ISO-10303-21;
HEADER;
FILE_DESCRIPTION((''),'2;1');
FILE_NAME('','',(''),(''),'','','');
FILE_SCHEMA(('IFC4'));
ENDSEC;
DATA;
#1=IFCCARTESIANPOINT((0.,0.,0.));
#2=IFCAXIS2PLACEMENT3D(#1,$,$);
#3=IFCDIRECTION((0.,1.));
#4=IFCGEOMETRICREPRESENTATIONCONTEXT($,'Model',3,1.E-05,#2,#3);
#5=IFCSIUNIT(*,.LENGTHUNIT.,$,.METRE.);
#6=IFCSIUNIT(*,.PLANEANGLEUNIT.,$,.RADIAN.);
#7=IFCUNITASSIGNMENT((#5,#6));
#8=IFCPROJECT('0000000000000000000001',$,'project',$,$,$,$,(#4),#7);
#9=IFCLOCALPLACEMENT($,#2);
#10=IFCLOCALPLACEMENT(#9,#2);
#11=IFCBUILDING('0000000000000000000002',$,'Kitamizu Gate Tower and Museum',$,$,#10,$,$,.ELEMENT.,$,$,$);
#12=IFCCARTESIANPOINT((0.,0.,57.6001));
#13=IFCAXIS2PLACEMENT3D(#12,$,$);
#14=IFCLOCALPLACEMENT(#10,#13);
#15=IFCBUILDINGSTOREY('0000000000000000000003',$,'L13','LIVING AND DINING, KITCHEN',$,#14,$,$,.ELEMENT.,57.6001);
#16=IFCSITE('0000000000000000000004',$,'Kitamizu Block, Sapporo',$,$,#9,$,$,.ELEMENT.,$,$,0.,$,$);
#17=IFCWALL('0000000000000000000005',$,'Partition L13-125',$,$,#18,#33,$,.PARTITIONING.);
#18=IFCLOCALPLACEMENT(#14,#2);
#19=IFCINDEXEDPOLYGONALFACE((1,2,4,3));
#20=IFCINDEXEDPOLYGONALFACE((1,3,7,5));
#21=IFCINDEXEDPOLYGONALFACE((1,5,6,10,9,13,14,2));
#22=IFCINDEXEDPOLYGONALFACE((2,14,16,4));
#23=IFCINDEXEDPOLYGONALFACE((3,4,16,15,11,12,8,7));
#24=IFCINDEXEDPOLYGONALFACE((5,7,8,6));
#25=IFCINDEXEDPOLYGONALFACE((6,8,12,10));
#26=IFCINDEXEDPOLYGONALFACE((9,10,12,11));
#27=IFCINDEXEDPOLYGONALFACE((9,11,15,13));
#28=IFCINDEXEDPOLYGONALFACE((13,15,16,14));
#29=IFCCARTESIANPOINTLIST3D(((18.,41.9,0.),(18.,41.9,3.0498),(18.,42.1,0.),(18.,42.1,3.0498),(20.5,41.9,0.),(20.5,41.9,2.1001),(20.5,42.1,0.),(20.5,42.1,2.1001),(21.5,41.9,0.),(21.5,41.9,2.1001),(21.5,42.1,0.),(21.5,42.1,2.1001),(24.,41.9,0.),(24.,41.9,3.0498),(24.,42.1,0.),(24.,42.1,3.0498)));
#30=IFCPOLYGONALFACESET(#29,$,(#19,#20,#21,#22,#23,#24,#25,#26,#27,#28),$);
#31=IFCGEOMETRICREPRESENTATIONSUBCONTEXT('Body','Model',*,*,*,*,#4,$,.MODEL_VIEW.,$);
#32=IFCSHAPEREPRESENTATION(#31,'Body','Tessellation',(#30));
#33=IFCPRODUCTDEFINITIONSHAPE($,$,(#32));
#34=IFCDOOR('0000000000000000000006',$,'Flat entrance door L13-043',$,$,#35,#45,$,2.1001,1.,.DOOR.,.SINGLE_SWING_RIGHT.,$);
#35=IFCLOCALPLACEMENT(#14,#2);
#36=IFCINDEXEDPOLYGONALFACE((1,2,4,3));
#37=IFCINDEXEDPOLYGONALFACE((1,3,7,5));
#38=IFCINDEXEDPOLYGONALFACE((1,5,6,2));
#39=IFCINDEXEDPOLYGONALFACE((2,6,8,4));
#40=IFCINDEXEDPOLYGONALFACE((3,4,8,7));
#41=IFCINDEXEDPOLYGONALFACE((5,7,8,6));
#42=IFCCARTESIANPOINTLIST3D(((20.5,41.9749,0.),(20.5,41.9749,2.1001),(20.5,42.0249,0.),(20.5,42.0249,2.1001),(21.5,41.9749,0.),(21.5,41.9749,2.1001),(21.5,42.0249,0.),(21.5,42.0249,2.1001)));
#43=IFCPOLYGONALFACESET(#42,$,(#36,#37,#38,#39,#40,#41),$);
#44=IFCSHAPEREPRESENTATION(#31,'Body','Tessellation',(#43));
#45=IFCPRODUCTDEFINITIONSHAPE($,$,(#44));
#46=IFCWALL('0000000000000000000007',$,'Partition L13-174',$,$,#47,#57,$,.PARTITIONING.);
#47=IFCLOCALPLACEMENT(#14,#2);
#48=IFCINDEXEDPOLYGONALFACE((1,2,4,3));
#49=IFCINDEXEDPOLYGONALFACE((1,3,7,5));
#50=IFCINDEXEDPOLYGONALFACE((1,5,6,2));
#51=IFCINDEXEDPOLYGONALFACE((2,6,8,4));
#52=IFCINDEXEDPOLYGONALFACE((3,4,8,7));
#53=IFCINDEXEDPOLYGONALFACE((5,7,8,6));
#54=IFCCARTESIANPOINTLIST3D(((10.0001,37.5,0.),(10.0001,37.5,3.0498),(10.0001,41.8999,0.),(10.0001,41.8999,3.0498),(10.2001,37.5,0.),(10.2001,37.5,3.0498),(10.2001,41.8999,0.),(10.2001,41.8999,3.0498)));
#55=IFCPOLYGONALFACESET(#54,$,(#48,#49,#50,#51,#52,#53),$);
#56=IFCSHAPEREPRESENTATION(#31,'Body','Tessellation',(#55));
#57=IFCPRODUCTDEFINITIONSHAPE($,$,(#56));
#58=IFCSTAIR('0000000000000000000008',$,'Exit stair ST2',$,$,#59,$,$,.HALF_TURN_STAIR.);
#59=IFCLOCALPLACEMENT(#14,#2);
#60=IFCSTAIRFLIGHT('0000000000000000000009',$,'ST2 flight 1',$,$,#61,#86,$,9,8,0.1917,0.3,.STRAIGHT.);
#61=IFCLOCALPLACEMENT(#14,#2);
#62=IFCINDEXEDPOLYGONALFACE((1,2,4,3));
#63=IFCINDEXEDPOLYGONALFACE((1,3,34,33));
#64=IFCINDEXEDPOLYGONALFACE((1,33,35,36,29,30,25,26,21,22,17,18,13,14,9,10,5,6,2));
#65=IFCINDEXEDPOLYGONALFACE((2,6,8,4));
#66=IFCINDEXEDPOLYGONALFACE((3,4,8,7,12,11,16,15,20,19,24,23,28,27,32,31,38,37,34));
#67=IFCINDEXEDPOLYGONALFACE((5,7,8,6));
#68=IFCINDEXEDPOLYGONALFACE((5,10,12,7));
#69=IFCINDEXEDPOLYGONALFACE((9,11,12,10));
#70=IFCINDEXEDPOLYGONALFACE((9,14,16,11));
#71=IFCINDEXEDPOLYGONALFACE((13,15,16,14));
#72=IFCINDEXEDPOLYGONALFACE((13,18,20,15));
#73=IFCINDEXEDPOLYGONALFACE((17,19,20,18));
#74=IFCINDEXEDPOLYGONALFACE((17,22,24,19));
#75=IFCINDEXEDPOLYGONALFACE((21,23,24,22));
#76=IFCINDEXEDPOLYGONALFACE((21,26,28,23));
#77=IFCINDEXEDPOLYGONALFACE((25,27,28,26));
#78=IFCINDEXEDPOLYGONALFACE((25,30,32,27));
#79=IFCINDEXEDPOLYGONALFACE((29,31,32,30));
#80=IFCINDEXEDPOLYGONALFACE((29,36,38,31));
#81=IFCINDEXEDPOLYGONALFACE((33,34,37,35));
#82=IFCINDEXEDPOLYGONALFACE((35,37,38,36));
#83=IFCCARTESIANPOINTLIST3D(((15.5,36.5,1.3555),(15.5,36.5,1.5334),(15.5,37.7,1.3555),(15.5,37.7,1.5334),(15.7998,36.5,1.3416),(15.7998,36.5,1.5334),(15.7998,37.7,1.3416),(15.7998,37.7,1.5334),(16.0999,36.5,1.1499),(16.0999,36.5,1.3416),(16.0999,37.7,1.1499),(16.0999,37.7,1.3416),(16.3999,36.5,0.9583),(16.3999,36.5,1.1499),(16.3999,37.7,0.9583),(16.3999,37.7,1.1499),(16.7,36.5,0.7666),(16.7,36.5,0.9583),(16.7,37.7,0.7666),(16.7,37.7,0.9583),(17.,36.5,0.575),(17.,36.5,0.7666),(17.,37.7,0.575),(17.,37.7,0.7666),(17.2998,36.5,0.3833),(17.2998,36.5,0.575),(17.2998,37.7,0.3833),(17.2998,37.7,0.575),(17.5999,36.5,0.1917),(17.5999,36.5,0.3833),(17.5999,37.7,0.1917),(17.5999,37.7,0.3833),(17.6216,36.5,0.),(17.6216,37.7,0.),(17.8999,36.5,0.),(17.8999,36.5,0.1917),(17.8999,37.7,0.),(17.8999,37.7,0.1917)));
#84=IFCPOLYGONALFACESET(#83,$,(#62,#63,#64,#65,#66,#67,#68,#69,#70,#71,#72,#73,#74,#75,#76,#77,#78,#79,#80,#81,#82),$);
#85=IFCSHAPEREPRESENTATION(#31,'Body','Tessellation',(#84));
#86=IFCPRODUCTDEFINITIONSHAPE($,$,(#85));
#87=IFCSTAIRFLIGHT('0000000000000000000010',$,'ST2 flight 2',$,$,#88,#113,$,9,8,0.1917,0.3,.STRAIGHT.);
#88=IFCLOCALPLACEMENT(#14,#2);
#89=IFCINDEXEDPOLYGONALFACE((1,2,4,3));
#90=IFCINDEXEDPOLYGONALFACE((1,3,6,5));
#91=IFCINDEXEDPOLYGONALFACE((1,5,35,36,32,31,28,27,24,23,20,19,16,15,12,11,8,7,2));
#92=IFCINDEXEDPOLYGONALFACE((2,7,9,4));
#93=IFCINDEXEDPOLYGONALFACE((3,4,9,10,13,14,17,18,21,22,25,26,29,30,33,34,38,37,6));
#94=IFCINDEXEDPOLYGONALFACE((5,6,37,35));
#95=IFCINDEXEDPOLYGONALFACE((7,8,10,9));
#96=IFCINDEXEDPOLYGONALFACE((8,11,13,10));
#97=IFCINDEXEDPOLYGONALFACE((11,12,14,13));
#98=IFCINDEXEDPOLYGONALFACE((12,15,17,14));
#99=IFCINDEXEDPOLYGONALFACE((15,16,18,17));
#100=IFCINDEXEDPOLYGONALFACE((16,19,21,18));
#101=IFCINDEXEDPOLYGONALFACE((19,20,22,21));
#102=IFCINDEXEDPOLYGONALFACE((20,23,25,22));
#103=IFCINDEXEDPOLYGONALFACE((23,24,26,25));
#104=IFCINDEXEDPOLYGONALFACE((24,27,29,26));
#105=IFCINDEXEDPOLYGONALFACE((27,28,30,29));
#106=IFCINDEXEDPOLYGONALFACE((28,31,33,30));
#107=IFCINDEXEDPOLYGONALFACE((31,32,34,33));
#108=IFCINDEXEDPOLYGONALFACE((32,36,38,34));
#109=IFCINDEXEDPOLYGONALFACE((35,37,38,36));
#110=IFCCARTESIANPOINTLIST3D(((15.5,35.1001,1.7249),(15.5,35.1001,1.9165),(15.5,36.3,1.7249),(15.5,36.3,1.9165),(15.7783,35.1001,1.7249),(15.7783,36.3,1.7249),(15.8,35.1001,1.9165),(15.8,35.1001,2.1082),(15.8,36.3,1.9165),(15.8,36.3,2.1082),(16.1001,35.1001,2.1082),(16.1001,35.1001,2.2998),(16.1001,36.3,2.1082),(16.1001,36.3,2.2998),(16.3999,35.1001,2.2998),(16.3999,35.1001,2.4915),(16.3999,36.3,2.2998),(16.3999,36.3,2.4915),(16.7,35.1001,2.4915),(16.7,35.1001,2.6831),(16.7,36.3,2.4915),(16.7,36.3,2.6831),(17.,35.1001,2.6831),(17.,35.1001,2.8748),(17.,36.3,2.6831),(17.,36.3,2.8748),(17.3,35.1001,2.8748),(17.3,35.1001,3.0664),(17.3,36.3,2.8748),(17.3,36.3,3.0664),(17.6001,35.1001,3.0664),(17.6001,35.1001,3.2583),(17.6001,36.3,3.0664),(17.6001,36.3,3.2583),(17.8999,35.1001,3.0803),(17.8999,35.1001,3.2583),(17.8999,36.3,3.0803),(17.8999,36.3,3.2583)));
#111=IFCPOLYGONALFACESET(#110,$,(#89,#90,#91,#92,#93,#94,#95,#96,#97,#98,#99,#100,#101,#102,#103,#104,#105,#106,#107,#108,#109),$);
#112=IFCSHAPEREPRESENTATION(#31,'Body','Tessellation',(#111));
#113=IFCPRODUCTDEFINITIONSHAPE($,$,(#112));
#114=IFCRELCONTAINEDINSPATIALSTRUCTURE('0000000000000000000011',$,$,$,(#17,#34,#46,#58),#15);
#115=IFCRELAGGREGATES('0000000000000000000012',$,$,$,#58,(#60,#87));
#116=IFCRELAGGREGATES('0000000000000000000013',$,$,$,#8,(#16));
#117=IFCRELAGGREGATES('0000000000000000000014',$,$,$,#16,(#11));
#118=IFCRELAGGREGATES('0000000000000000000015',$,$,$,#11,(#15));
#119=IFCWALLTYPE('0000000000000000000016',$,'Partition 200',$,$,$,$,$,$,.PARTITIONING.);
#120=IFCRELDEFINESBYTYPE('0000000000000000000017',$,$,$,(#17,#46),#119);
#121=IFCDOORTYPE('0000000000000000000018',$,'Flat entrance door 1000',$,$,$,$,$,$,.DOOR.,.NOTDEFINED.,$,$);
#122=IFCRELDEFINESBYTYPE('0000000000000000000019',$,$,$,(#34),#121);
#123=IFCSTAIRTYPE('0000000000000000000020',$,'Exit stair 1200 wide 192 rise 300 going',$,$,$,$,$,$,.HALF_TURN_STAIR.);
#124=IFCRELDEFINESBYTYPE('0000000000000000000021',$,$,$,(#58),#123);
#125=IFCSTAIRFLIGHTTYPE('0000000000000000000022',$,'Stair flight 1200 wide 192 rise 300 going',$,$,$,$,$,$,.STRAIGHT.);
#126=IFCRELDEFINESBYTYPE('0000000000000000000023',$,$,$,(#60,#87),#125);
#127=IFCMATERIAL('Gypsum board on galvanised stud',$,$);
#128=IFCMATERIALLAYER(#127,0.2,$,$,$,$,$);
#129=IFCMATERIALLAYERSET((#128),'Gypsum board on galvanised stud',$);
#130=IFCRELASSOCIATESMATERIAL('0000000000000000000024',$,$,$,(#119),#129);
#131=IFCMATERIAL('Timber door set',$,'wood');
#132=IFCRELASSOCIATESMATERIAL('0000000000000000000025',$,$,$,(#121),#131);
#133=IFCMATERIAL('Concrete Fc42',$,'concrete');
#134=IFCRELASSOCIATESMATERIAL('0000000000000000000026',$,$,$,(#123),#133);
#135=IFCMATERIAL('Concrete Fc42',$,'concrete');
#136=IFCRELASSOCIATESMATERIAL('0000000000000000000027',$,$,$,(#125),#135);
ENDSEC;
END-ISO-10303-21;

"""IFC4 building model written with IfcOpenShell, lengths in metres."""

from ifc_helpers import new_model, si_unit, direction, frame, frame_2d, origin, place, context, subcontext, project, spatial, polyline, rectangle, outline, extrude, material, layer, layer_set, type_object, element, fill, aggregate, save


model = new_model("IFC4")

# Units and contexts
model_context = context("Model", 3, precision=1e-05, world=origin(), true_north=direction((0.0, 1.0)))
body_context = subcontext(model_context, "Body", "Model", "MODEL_VIEW")
ifc_project = project(units=[si_unit("LENGTHUNIT", "METRE"), si_unit("PLANEANGLEUNIT", "RADIAN")], contexts=[model_context])

# Site, building, storey
site_placement = place(None, origin())
site = spatial("IfcSite", under=ifc_project, at=site_placement, Name="Kitamizu Block, Sapporo", CompositionType="ELEMENT", RefElevation=0.0)
building_placement = place(site_placement, origin())
building = spatial("IfcBuilding", under=site, at=building_placement, Name="Kitamizu Gate Tower and Museum", CompositionType="ELEMENT")
storey_placement = place(building_placement, frame((0.0, 0.0, 57.6001)))
storey = spatial("IfcBuildingStorey", under=building, at=storey_placement, Name="L13", Description="LIVING AND DINING, KITCHEN", CompositionType="ELEMENT", Elevation=57.6001)

# Shared definitions
ifc_material_1 = material(Name="Gypsum board on galvanised stud")
ifc_layer_1 = layer(ifc_material_1, 0.2)
ifc_layer_set_1 = layer_set([ifc_layer_1], Name="Gypsum board on galvanised stud")
wall_type_1 = type_object("IfcWallType", Name="Partition 200", PredefinedType="PARTITIONING", material=ifc_layer_set_1)

# Wall, opening, door
wall_1_placement = place(storey_placement, frame((18.0, 42.0, 0.0), z_axis=(0.0, 0.0, 1.0), x_axis=(1.0, 0.0, 0.0)))
wall_1 = element("IfcWall", 1, at=wall_1_placement, inside=storey, type_object=wall_type_1, Name="Partition L13-125", PredefinedType="PARTITIONING", context=body_context, shape_type="SweptSolid", body=[
    extrude(rectangle(XDim=6.0, YDim=0.2, at=frame_2d((3.0, 0.0))), origin(), (0.0, 0.0, 1.0), 3.0498),
])
opening_1_placement = place(wall_1_placement, frame((2.5, 0.0, 0.0)))
opening_1 = element("IfcOpeningElement", 2, at=opening_1_placement, cuts=wall_1, PredefinedType="OPENING", context=body_context, shape_type="SweptSolid", body=[
    extrude(rectangle(XDim=1.0, YDim=2.1001, at=frame_2d((0.5, 1.05))), frame((0.0, 0.1099, 0.0), z_axis=(0.0, -1.0, 0.0), x_axis=(1.0, 0.0, 0.0)), (0.0, 0.0, 1.0), 0.22),
])
ifc_material_2 = material(Name="Timber door set", Category="wood")
door_type_1 = type_object("IfcDoorType", Name="Flat entrance door 1000", OperationType="NOTDEFINED", PredefinedType="DOOR", material=ifc_material_2)
door_1_placement = place(opening_1_placement, origin())
door_1 = element("IfcDoor", 3, at=door_1_placement, inside=storey, type_object=door_type_1, Name="Flat entrance door L13-043", OperationType="SINGLE_SWING_RIGHT", OverallHeight=2.1001, OverallWidth=1.0, PredefinedType="DOOR", context=body_context, shape_type="SweptSolid", body=[
    extrude(rectangle(XDim=1.0, YDim=2.1001, at=frame_2d((0.5, 1.05))), frame((0.0, 0.0249, 0.0), z_axis=(0.0, -1.0, 0.0), x_axis=(1.0, 0.0, 0.0)), (0.0, 0.0, 1.0), 0.05),
])
fill(opening_1, door_1)

# Wall
wall_2_placement = place(storey_placement, frame((10.1001, 37.5, 0.0), z_axis=(0.0, 0.0, 1.0), x_axis=(0.0, 1.0, 0.0)))
element("IfcWall", 4, at=wall_2_placement, inside=storey, type_object=wall_type_1, Name="Partition L13-174", PredefinedType="PARTITIONING", context=body_context, shape_type="SweptSolid", body=[
    extrude(rectangle(XDim=4.3999, YDim=0.2, at=frame_2d((2.2, 0.0))), origin(), (0.0, 0.0, 1.0), 3.0498),
])

# Stair, stair flights
ifc_material_3 = material(Name="Concrete Fc42", Category="concrete")
stair_type = type_object("IfcStairType", Name="Exit stair 1200 wide 192 rise 300 going", PredefinedType="HALF_TURN_STAIR", material=ifc_material_3)
stair_placement = place(storey_placement, origin())
stair = element("IfcStair", 5, at=stair_placement, inside=storey, type_object=stair_type, Name="Exit stair ST2", PredefinedType="HALF_TURN_STAIR")
ifc_material_4 = material(Name="Concrete Fc42", Category="concrete")
stair_flight_type = type_object("IfcStairFlightType", Name="Stair flight 1200 wide 192 rise 300 going", PredefinedType="STRAIGHT", material=ifc_material_4)
stair_flight_1_placement = place(storey_placement, frame((17.8999, 37.1001, 0.0), z_axis=(0.0, 0.0, 1.0), x_axis=(-1.0, 0.0, 0.0)))
stair_flight_1 = element("IfcStairFlight", 6, at=stair_flight_1_placement, type_object=stair_flight_type, Name="ST2 flight 1", NumberOfRisers=9, NumberOfTreads=8, PredefinedType="STRAIGHT", RiserHeight=0.1917, TreadLength=0.3, context=body_context, shape_type="SweptSolid", body=[
    extrude(outline(polyline([(0.0, 0.0), (0.0, 0.1917), (0.3, 0.1917), (0.3, 0.3833), (0.6001, 0.3833), (0.6001, 0.575), (0.8999, 0.575), (0.8999, 0.7666), (1.2, 0.7666), (1.2, 0.9583), (1.5, 0.9583), (1.5, 1.1499), (1.8, 1.1499), (1.8, 1.3416), (2.1001, 1.3416), (2.1001, 1.5334), (2.3999, 1.5334), (2.3999, 1.7251), (2.3999, 1.3555), (0.2783, 0.0), (0.0, 0.0)])), frame((0.0, 0.6001, 0.0), z_axis=(0.0, -1.0, 0.0), x_axis=(1.0, 0.0, 0.0)), (0.0, 0.0, 1.0), 1.2),
])
stair_flight_2_placement = place(storey_placement, frame((15.5, 35.7, 1.7249), z_axis=(0.0, 0.0, 1.0), x_axis=(1.0, 0.0, 0.0)))
stair_flight_2 = element("IfcStairFlight", 7, at=stair_flight_2_placement, type_object=stair_flight_type, Name="ST2 flight 2", NumberOfRisers=9, NumberOfTreads=8, PredefinedType="STRAIGHT", RiserHeight=0.1917, TreadLength=0.3, context=body_context, shape_type="SweptSolid", body=[
    extrude(outline(polyline([(0.0, 0.0), (0.0, 0.1917), (0.3, 0.1917), (0.3, 0.3833), (0.6001, 0.3833), (0.6001, 0.575), (0.8999, 0.575), (0.8999, 0.7666), (1.2, 0.7666), (1.2, 0.9583), (1.5, 0.9583), (1.5, 1.1499), (1.8, 1.1499), (1.8, 1.3416), (2.1001, 1.3416), (2.1001, 1.5334), (2.3999, 1.5334), (2.3999, 1.7251), (2.3999, 1.3555), (0.2783, 0.0), (0.0, 0.0)])), frame((0.0, 0.6001, 0.0), z_axis=(0.0, -1.0, 0.0), x_axis=(1.0, 0.0, 0.0)), (0.0, 0.0, 1.0), 1.2),
])
aggregate(stair, [stair_flight_1, stair_flight_2])

save(model, "model.ifc")
